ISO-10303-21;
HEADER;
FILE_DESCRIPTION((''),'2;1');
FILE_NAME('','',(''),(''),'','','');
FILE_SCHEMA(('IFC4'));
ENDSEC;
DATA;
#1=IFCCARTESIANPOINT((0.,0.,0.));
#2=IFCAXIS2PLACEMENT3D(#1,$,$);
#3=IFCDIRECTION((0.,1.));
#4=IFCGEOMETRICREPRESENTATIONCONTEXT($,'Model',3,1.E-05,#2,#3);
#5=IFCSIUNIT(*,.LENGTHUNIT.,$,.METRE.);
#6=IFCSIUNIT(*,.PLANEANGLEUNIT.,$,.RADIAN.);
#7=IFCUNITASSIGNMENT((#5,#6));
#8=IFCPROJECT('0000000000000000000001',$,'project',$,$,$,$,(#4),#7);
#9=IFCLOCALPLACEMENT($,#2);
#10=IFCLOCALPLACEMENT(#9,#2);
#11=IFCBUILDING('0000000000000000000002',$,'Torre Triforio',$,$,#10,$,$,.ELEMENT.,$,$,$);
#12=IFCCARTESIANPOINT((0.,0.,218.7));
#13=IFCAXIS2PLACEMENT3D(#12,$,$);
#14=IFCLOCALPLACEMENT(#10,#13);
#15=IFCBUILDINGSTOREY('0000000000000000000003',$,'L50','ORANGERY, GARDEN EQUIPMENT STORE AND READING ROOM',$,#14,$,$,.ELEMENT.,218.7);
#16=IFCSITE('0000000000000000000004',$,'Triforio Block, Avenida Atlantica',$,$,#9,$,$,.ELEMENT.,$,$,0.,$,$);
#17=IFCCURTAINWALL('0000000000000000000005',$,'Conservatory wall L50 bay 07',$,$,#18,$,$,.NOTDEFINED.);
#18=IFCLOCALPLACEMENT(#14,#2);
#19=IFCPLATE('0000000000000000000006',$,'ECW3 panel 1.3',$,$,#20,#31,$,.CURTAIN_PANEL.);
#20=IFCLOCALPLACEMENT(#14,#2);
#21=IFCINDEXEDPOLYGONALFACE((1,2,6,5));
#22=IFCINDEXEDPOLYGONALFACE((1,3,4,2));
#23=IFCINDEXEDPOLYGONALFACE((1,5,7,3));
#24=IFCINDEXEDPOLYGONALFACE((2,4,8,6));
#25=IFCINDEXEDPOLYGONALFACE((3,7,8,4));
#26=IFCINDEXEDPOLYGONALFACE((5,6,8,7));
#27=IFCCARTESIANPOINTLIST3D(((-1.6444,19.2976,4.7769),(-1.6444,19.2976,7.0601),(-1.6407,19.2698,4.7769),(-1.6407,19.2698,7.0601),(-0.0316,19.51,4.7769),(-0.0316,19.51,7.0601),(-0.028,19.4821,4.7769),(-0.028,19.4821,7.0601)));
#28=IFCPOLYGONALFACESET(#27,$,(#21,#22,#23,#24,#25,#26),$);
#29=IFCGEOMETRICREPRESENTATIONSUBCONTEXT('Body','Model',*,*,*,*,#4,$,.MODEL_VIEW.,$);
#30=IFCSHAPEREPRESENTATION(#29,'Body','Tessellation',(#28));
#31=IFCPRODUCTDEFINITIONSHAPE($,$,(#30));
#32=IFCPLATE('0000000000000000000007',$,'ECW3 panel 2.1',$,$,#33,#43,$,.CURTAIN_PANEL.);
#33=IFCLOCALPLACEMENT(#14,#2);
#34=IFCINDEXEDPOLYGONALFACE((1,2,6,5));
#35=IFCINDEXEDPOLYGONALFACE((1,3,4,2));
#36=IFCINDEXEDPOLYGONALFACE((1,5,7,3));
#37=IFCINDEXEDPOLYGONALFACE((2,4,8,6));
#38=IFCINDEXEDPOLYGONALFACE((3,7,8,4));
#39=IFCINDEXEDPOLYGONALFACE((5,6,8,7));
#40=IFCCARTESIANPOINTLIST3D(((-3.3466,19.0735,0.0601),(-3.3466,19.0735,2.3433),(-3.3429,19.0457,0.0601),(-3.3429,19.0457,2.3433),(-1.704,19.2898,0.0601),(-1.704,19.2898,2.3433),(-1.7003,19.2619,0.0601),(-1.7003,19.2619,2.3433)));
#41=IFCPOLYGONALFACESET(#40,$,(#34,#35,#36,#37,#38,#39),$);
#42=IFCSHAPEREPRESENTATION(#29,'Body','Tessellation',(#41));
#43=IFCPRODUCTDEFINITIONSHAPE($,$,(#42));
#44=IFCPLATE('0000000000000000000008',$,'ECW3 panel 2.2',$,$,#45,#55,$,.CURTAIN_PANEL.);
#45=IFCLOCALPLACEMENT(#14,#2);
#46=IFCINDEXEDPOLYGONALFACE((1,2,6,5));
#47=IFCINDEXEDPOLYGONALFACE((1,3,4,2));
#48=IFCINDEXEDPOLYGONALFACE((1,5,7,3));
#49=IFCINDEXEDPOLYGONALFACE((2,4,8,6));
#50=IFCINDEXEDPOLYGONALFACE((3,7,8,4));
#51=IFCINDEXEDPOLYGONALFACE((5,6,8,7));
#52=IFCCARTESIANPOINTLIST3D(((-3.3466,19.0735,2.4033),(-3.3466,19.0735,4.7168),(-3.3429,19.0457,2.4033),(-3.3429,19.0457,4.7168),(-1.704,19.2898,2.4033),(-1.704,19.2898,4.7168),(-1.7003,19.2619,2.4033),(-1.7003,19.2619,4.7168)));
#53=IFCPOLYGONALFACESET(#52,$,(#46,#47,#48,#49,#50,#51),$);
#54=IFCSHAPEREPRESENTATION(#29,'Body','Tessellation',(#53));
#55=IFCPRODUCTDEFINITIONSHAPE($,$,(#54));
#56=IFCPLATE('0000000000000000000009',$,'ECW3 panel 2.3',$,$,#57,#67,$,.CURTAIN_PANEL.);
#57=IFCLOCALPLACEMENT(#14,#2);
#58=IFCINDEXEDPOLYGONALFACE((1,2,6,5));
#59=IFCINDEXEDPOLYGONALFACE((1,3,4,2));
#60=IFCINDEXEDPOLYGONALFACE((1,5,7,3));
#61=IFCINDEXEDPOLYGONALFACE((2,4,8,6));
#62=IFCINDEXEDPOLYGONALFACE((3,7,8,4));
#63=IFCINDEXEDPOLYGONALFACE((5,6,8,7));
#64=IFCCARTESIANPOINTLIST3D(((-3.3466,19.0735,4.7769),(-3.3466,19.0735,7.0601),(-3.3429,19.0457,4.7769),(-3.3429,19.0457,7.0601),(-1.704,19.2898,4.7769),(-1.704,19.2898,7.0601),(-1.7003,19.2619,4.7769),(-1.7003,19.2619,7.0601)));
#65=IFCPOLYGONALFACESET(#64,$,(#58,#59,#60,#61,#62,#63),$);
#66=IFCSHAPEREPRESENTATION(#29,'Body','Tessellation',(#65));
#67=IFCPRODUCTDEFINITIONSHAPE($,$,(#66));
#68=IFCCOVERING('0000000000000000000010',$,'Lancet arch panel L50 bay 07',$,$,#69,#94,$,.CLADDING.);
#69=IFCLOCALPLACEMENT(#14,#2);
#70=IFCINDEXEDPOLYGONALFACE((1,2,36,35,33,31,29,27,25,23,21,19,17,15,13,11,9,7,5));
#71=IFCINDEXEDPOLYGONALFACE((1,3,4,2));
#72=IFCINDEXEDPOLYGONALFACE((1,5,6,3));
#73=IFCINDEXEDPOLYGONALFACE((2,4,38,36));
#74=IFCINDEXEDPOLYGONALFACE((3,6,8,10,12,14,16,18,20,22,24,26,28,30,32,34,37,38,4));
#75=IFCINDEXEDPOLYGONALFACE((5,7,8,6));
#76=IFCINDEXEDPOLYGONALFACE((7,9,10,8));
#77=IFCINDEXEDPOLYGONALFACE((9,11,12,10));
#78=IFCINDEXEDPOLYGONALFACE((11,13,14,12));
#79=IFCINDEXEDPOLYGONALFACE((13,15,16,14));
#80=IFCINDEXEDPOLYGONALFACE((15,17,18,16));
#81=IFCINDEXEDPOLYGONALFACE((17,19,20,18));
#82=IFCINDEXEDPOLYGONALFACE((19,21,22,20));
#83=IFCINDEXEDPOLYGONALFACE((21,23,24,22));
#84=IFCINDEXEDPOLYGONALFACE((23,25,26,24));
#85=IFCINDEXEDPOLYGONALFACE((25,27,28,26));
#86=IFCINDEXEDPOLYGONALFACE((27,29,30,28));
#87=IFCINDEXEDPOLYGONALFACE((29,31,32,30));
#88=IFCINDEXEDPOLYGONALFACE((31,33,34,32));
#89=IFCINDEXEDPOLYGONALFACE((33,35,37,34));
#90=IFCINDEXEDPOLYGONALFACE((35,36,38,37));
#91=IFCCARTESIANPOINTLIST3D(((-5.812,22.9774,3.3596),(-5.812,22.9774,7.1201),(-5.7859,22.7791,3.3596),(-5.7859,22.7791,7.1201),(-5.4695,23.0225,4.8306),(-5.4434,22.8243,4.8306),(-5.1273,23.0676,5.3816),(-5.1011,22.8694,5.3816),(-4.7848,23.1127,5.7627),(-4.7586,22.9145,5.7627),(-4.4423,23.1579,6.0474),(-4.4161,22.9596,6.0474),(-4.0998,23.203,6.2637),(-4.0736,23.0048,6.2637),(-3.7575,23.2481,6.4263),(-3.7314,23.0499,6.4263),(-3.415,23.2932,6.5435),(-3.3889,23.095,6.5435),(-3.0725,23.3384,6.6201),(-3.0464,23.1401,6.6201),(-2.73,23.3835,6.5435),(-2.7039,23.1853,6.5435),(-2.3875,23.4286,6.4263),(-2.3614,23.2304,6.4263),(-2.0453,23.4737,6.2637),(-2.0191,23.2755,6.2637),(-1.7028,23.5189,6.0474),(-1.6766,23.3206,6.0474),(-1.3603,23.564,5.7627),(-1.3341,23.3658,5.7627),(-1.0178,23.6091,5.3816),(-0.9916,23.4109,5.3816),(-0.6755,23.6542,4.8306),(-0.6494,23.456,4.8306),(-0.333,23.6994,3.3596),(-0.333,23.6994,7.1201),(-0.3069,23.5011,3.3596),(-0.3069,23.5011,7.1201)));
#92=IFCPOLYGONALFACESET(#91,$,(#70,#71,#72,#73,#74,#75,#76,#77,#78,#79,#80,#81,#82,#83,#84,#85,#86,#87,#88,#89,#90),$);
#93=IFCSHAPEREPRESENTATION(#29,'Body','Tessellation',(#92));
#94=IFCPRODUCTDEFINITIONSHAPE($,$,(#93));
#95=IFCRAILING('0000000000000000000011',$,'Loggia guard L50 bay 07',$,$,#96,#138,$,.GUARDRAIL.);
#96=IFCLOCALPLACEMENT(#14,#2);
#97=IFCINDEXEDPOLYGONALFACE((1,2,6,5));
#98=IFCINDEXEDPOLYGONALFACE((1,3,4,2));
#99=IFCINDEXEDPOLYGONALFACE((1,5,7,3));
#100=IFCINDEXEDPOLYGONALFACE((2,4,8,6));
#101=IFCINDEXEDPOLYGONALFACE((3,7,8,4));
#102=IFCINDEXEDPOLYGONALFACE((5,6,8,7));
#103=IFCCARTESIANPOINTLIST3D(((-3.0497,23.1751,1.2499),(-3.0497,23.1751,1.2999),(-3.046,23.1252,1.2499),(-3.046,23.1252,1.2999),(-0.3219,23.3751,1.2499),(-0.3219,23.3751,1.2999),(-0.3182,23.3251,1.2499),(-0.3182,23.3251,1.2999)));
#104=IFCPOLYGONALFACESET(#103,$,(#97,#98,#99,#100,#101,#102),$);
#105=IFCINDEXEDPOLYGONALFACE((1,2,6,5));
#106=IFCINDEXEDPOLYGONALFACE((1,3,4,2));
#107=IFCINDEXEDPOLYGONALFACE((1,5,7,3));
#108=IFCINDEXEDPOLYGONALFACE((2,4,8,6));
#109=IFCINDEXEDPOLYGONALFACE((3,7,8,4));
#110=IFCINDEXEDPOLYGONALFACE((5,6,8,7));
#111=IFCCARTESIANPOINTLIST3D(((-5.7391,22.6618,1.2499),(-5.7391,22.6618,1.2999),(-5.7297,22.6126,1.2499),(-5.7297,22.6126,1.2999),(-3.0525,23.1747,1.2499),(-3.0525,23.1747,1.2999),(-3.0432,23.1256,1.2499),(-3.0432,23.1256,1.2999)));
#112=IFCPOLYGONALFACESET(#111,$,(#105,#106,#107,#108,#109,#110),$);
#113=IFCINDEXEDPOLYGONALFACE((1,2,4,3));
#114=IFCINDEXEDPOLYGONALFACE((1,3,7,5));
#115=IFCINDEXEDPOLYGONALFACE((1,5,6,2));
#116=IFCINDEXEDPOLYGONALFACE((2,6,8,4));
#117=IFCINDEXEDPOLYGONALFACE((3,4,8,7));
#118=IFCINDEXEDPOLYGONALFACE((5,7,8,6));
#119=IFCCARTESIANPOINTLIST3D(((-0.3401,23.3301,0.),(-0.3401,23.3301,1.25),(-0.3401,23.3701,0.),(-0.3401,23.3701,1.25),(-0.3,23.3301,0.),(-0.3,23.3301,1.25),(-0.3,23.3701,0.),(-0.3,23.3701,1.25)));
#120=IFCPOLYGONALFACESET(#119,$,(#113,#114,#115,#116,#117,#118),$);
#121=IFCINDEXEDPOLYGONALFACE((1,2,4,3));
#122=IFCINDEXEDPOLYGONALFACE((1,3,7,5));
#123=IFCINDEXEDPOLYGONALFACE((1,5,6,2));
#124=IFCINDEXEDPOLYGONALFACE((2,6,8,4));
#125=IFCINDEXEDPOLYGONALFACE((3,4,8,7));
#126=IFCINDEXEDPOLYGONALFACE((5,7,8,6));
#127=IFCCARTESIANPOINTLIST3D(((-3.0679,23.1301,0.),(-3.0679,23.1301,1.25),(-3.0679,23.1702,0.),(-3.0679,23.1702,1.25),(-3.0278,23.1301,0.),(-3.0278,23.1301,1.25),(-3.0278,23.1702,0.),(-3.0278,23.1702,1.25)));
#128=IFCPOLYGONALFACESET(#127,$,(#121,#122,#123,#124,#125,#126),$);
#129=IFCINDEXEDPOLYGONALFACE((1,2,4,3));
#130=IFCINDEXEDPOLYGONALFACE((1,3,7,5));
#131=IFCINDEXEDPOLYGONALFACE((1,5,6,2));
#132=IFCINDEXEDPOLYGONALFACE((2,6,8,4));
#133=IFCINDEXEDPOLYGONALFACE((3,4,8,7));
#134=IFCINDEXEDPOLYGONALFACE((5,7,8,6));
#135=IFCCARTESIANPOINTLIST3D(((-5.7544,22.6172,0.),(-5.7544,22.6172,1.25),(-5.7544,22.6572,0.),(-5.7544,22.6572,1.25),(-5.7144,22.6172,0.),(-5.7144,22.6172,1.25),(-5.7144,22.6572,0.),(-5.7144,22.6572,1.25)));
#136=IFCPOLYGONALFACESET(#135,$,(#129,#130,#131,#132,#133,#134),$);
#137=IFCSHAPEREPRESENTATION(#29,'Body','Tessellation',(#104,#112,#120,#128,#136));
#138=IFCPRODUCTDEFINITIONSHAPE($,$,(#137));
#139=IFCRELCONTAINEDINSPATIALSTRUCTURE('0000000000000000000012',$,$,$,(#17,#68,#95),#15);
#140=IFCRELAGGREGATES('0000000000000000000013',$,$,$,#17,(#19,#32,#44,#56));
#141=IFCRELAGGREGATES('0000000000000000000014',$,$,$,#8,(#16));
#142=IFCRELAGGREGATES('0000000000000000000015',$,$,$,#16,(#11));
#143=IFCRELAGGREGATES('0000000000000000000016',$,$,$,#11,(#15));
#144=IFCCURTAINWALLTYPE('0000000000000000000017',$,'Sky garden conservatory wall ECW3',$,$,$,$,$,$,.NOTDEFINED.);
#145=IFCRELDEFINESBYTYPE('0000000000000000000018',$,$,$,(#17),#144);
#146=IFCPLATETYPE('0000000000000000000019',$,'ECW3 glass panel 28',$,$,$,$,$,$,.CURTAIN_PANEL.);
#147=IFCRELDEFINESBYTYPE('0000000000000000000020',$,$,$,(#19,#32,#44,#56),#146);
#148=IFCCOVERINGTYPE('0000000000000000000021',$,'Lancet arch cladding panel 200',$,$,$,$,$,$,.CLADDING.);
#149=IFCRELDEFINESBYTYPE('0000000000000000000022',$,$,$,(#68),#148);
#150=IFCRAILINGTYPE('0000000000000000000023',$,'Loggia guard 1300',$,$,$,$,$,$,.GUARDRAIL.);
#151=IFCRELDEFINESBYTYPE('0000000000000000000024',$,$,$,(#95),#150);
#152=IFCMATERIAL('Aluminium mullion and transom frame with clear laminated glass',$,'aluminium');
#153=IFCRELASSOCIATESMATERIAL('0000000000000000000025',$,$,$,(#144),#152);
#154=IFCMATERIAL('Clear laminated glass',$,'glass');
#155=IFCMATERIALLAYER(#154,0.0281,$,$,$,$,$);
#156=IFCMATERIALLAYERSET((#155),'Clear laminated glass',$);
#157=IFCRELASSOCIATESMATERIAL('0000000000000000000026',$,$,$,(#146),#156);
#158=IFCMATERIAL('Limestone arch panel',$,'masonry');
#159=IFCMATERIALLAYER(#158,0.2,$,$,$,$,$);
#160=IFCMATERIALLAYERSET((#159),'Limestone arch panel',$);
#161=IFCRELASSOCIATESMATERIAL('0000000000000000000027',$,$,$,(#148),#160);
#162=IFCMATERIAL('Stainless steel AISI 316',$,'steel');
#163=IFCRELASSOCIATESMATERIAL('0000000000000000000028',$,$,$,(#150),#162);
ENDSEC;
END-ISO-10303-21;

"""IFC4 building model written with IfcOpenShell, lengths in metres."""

from ifc_helpers import new_model, si_unit, direction, frame, origin, origin_2d, place, context, subcontext, project, spatial, polyline, rectangle, outline, extrude, material, layer, layer_set, type_object, element, aggregate, save


model = new_model("IFC4")

# Units and contexts
model_context = context("Model", 3, precision=1e-05, world=origin(), true_north=direction((0.0, 1.0)))
body_context = subcontext(model_context, "Body", "Model", "MODEL_VIEW")
ifc_project = project(units=[si_unit("LENGTHUNIT", "METRE"), si_unit("PLANEANGLEUNIT", "RADIAN")], contexts=[model_context])

# Site, building, storey
site_placement = place(None, origin())
site = spatial("IfcSite", under=ifc_project, at=site_placement, Name="Triforio Block, Avenida Atlantica", CompositionType="ELEMENT", RefElevation=0.0)
building_placement = place(site_placement, origin())
building = spatial("IfcBuilding", under=site, at=building_placement, Name="Torre Triforio", CompositionType="ELEMENT")
storey_placement = place(building_placement, frame((0.0, 0.0, 218.7)))
storey = spatial("IfcBuildingStorey", under=building, at=storey_placement, Name="L50", Description="ORANGERY, GARDEN EQUIPMENT STORE AND READING ROOM", CompositionType="ELEMENT", Elevation=218.7)

# Curtain wall
ifc_material_1 = material(Name="Aluminium mullion and transom frame with clear laminated glass", Category="aluminium")
curtain_wall_type = type_object("IfcCurtainWallType", Name="Sky garden conservatory wall ECW3", PredefinedType="NOTDEFINED", material=ifc_material_1)
curtain_wall_placement = place(storey_placement, origin())
curtain_wall = element("IfcCurtainWall", 1, at=curtain_wall_placement, inside=storey, type_object=curtain_wall_type, Name="Conservatory wall L50 bay 07", PredefinedType="NOTDEFINED")

# Plates
ifc_material_2 = material(Name="Clear laminated glass", Category="glass")
ifc_layer_1 = layer(ifc_material_2, 0.0281)
ifc_layer_set_1 = layer_set([ifc_layer_1], Name="Clear laminated glass")
plate_type = type_object("IfcPlateType", Name="ECW3 glass panel 28", PredefinedType="CURTAIN_PANEL", material=ifc_layer_set_1)
plate_1_placement = place(storey_placement, frame((-0.8362, 19.3899, 4.7769), z_axis=(0.0, 0.0, 1.0), x_axis=(-0.991444, -0.130532, 0.0)))
plate_1 = element("IfcPlate", 2, at=plate_1_placement, type_object=plate_type, Name="ECW3 panel 1.3", PredefinedType="CURTAIN_PANEL", context=body_context, shape_type="SweptSolid", body=[
    extrude(rectangle(XDim=1.6267, YDim=0.0281, at=origin_2d()), origin(), (0.0, 0.0, 1.0), 2.2832),
])
plate_2_placement = place(storey_placement, frame((-2.5234, 19.1677, 0.0601), z_axis=(0.0, 0.0, 1.0), x_axis=(-0.991444, -0.130532, 0.0)))
plate_2 = element("IfcPlate", 3, at=plate_2_placement, type_object=plate_type, Name="ECW3 panel 2.1", PredefinedType="CURTAIN_PANEL", context=body_context, shape_type="SweptSolid", body=[
    extrude(rectangle(XDim=1.6567, YDim=0.0281, at=origin_2d()), origin(), (0.0, 0.0, 1.0), 2.2832),
])
plate_3_placement = place(storey_placement, frame((-2.5234, 19.1677, 2.4033), z_axis=(0.0, 0.0, 1.0), x_axis=(-0.991444, -0.130532, 0.0)))
plate_3 = element("IfcPlate", 4, at=plate_3_placement, type_object=plate_type, Name="ECW3 panel 2.2", PredefinedType="CURTAIN_PANEL", context=body_context, shape_type="SweptSolid", body=[
    extrude(rectangle(XDim=1.6567, YDim=0.0281, at=origin_2d()), origin(), (0.0, 0.0, 1.0), 2.3135),
])
plate_4_placement = place(storey_placement, frame((-2.5234, 19.1677, 4.7769), z_axis=(0.0, 0.0, 1.0), x_axis=(-0.991444, -0.130532, 0.0)))
plate_4 = element("IfcPlate", 5, at=plate_4_placement, type_object=plate_type, Name="ECW3 panel 2.3", PredefinedType="CURTAIN_PANEL", context=body_context, shape_type="SweptSolid", body=[
    extrude(rectangle(XDim=1.6567, YDim=0.0281, at=origin_2d()), origin(), (0.0, 0.0, 1.0), 2.2832),
])
aggregate(curtain_wall, [plate_1, plate_2, plate_3, plate_4])

# Covering
ifc_material_3 = material(Name="Limestone arch panel", Category="masonry")
ifc_layer_2 = layer(ifc_material_3, 0.2)
ifc_layer_set_2 = layer_set([ifc_layer_2], Name="Limestone arch panel")
covering_type = type_object("IfcCoveringType", Name="Lancet arch cladding panel 200", PredefinedType="CLADDING", material=ifc_layer_set_2)
covering_placement = place(storey_placement, frame((-3.0464, 23.1401, 0.0), z_axis=(-0.130644, 0.991429, 0.0), x_axis=(-0.991429, -0.130644, 0.0)))
element("IfcCovering", 6, at=covering_placement, inside=storey, type_object=covering_type, Name="Lancet arch panel L50 bay 07", PredefinedType="CLADDING", context=body_context, shape_type="SweptSolid", body=[
    extrude(outline(polyline([(-2.7632, 7.1201), (-2.7632, 3.3596), (-2.4177, 4.8306), (-2.0725, 5.3816), (-1.7271, 5.7627), (-1.3816, 6.0474), (-1.0361, 6.2637), (-0.6909, 6.4263), (-0.3455, 6.5435), (0.0, 6.6201), (0.3455, 6.5435), (0.6909, 6.4263), (1.0361, 6.2637), (1.3816, 6.0474), (1.7271, 5.7627), (2.0725, 5.3816), (2.4177, 4.8306), (2.7632, 3.3596), (2.7632, 7.1201), (-2.7632, 7.1201)])), origin(), (0.0, 0.0, 1.0), 0.2),
])

# Railing
ifc_material_4 = material(Name="Stainless steel AISI 316", Category="steel")
railing_type = type_object("IfcRailingType", Name="Loggia guard 1300", PredefinedType="GUARDRAIL", material=ifc_material_4)
railing_placement = place(storey_placement, frame((-0.3201, 23.3501, 0.0)))
element("IfcRailing", 7, at=railing_placement, inside=storey, type_object=railing_type, Name="Loggia guard L50 bay 07", PredefinedType="GUARDRAIL", context=body_context, shape_type="SweptSolid", body=[
    extrude(rectangle(XDim=0.05, YDim=0.05, at=origin_2d()), frame((0.0, 0.0, 1.2749), z_axis=(-0.997324, -0.073106, 0.0), x_axis=(0.073106, -0.997324, 0.0)), (0.0, 0.0, 1.0), 2.7351),
    extrude(rectangle(XDim=0.05, YDim=0.05, at=origin_2d()), frame((-2.7278, -0.2, 1.2749), z_axis=(-0.982256, -0.187543, 0.0), x_axis=(0.187543, -0.982256, 0.0)), (0.0, 0.0, 1.0), 2.7351),
    extrude(rectangle(XDim=0.04, YDim=0.04, at=origin_2d()), origin(), (0.0, 0.0, 1.0), 1.25),
    extrude(rectangle(XDim=0.04, YDim=0.04, at=origin_2d()), frame((-2.7278, -0.2, 0.0)), (0.0, 0.0, 1.0), 1.25),
    extrude(rectangle(XDim=0.04, YDim=0.04, at=origin_2d()), frame((-5.4143, -0.7129, 0.0)), (0.0, 0.0, 1.0), 1.25),
])

save(model, "model.ifc")
